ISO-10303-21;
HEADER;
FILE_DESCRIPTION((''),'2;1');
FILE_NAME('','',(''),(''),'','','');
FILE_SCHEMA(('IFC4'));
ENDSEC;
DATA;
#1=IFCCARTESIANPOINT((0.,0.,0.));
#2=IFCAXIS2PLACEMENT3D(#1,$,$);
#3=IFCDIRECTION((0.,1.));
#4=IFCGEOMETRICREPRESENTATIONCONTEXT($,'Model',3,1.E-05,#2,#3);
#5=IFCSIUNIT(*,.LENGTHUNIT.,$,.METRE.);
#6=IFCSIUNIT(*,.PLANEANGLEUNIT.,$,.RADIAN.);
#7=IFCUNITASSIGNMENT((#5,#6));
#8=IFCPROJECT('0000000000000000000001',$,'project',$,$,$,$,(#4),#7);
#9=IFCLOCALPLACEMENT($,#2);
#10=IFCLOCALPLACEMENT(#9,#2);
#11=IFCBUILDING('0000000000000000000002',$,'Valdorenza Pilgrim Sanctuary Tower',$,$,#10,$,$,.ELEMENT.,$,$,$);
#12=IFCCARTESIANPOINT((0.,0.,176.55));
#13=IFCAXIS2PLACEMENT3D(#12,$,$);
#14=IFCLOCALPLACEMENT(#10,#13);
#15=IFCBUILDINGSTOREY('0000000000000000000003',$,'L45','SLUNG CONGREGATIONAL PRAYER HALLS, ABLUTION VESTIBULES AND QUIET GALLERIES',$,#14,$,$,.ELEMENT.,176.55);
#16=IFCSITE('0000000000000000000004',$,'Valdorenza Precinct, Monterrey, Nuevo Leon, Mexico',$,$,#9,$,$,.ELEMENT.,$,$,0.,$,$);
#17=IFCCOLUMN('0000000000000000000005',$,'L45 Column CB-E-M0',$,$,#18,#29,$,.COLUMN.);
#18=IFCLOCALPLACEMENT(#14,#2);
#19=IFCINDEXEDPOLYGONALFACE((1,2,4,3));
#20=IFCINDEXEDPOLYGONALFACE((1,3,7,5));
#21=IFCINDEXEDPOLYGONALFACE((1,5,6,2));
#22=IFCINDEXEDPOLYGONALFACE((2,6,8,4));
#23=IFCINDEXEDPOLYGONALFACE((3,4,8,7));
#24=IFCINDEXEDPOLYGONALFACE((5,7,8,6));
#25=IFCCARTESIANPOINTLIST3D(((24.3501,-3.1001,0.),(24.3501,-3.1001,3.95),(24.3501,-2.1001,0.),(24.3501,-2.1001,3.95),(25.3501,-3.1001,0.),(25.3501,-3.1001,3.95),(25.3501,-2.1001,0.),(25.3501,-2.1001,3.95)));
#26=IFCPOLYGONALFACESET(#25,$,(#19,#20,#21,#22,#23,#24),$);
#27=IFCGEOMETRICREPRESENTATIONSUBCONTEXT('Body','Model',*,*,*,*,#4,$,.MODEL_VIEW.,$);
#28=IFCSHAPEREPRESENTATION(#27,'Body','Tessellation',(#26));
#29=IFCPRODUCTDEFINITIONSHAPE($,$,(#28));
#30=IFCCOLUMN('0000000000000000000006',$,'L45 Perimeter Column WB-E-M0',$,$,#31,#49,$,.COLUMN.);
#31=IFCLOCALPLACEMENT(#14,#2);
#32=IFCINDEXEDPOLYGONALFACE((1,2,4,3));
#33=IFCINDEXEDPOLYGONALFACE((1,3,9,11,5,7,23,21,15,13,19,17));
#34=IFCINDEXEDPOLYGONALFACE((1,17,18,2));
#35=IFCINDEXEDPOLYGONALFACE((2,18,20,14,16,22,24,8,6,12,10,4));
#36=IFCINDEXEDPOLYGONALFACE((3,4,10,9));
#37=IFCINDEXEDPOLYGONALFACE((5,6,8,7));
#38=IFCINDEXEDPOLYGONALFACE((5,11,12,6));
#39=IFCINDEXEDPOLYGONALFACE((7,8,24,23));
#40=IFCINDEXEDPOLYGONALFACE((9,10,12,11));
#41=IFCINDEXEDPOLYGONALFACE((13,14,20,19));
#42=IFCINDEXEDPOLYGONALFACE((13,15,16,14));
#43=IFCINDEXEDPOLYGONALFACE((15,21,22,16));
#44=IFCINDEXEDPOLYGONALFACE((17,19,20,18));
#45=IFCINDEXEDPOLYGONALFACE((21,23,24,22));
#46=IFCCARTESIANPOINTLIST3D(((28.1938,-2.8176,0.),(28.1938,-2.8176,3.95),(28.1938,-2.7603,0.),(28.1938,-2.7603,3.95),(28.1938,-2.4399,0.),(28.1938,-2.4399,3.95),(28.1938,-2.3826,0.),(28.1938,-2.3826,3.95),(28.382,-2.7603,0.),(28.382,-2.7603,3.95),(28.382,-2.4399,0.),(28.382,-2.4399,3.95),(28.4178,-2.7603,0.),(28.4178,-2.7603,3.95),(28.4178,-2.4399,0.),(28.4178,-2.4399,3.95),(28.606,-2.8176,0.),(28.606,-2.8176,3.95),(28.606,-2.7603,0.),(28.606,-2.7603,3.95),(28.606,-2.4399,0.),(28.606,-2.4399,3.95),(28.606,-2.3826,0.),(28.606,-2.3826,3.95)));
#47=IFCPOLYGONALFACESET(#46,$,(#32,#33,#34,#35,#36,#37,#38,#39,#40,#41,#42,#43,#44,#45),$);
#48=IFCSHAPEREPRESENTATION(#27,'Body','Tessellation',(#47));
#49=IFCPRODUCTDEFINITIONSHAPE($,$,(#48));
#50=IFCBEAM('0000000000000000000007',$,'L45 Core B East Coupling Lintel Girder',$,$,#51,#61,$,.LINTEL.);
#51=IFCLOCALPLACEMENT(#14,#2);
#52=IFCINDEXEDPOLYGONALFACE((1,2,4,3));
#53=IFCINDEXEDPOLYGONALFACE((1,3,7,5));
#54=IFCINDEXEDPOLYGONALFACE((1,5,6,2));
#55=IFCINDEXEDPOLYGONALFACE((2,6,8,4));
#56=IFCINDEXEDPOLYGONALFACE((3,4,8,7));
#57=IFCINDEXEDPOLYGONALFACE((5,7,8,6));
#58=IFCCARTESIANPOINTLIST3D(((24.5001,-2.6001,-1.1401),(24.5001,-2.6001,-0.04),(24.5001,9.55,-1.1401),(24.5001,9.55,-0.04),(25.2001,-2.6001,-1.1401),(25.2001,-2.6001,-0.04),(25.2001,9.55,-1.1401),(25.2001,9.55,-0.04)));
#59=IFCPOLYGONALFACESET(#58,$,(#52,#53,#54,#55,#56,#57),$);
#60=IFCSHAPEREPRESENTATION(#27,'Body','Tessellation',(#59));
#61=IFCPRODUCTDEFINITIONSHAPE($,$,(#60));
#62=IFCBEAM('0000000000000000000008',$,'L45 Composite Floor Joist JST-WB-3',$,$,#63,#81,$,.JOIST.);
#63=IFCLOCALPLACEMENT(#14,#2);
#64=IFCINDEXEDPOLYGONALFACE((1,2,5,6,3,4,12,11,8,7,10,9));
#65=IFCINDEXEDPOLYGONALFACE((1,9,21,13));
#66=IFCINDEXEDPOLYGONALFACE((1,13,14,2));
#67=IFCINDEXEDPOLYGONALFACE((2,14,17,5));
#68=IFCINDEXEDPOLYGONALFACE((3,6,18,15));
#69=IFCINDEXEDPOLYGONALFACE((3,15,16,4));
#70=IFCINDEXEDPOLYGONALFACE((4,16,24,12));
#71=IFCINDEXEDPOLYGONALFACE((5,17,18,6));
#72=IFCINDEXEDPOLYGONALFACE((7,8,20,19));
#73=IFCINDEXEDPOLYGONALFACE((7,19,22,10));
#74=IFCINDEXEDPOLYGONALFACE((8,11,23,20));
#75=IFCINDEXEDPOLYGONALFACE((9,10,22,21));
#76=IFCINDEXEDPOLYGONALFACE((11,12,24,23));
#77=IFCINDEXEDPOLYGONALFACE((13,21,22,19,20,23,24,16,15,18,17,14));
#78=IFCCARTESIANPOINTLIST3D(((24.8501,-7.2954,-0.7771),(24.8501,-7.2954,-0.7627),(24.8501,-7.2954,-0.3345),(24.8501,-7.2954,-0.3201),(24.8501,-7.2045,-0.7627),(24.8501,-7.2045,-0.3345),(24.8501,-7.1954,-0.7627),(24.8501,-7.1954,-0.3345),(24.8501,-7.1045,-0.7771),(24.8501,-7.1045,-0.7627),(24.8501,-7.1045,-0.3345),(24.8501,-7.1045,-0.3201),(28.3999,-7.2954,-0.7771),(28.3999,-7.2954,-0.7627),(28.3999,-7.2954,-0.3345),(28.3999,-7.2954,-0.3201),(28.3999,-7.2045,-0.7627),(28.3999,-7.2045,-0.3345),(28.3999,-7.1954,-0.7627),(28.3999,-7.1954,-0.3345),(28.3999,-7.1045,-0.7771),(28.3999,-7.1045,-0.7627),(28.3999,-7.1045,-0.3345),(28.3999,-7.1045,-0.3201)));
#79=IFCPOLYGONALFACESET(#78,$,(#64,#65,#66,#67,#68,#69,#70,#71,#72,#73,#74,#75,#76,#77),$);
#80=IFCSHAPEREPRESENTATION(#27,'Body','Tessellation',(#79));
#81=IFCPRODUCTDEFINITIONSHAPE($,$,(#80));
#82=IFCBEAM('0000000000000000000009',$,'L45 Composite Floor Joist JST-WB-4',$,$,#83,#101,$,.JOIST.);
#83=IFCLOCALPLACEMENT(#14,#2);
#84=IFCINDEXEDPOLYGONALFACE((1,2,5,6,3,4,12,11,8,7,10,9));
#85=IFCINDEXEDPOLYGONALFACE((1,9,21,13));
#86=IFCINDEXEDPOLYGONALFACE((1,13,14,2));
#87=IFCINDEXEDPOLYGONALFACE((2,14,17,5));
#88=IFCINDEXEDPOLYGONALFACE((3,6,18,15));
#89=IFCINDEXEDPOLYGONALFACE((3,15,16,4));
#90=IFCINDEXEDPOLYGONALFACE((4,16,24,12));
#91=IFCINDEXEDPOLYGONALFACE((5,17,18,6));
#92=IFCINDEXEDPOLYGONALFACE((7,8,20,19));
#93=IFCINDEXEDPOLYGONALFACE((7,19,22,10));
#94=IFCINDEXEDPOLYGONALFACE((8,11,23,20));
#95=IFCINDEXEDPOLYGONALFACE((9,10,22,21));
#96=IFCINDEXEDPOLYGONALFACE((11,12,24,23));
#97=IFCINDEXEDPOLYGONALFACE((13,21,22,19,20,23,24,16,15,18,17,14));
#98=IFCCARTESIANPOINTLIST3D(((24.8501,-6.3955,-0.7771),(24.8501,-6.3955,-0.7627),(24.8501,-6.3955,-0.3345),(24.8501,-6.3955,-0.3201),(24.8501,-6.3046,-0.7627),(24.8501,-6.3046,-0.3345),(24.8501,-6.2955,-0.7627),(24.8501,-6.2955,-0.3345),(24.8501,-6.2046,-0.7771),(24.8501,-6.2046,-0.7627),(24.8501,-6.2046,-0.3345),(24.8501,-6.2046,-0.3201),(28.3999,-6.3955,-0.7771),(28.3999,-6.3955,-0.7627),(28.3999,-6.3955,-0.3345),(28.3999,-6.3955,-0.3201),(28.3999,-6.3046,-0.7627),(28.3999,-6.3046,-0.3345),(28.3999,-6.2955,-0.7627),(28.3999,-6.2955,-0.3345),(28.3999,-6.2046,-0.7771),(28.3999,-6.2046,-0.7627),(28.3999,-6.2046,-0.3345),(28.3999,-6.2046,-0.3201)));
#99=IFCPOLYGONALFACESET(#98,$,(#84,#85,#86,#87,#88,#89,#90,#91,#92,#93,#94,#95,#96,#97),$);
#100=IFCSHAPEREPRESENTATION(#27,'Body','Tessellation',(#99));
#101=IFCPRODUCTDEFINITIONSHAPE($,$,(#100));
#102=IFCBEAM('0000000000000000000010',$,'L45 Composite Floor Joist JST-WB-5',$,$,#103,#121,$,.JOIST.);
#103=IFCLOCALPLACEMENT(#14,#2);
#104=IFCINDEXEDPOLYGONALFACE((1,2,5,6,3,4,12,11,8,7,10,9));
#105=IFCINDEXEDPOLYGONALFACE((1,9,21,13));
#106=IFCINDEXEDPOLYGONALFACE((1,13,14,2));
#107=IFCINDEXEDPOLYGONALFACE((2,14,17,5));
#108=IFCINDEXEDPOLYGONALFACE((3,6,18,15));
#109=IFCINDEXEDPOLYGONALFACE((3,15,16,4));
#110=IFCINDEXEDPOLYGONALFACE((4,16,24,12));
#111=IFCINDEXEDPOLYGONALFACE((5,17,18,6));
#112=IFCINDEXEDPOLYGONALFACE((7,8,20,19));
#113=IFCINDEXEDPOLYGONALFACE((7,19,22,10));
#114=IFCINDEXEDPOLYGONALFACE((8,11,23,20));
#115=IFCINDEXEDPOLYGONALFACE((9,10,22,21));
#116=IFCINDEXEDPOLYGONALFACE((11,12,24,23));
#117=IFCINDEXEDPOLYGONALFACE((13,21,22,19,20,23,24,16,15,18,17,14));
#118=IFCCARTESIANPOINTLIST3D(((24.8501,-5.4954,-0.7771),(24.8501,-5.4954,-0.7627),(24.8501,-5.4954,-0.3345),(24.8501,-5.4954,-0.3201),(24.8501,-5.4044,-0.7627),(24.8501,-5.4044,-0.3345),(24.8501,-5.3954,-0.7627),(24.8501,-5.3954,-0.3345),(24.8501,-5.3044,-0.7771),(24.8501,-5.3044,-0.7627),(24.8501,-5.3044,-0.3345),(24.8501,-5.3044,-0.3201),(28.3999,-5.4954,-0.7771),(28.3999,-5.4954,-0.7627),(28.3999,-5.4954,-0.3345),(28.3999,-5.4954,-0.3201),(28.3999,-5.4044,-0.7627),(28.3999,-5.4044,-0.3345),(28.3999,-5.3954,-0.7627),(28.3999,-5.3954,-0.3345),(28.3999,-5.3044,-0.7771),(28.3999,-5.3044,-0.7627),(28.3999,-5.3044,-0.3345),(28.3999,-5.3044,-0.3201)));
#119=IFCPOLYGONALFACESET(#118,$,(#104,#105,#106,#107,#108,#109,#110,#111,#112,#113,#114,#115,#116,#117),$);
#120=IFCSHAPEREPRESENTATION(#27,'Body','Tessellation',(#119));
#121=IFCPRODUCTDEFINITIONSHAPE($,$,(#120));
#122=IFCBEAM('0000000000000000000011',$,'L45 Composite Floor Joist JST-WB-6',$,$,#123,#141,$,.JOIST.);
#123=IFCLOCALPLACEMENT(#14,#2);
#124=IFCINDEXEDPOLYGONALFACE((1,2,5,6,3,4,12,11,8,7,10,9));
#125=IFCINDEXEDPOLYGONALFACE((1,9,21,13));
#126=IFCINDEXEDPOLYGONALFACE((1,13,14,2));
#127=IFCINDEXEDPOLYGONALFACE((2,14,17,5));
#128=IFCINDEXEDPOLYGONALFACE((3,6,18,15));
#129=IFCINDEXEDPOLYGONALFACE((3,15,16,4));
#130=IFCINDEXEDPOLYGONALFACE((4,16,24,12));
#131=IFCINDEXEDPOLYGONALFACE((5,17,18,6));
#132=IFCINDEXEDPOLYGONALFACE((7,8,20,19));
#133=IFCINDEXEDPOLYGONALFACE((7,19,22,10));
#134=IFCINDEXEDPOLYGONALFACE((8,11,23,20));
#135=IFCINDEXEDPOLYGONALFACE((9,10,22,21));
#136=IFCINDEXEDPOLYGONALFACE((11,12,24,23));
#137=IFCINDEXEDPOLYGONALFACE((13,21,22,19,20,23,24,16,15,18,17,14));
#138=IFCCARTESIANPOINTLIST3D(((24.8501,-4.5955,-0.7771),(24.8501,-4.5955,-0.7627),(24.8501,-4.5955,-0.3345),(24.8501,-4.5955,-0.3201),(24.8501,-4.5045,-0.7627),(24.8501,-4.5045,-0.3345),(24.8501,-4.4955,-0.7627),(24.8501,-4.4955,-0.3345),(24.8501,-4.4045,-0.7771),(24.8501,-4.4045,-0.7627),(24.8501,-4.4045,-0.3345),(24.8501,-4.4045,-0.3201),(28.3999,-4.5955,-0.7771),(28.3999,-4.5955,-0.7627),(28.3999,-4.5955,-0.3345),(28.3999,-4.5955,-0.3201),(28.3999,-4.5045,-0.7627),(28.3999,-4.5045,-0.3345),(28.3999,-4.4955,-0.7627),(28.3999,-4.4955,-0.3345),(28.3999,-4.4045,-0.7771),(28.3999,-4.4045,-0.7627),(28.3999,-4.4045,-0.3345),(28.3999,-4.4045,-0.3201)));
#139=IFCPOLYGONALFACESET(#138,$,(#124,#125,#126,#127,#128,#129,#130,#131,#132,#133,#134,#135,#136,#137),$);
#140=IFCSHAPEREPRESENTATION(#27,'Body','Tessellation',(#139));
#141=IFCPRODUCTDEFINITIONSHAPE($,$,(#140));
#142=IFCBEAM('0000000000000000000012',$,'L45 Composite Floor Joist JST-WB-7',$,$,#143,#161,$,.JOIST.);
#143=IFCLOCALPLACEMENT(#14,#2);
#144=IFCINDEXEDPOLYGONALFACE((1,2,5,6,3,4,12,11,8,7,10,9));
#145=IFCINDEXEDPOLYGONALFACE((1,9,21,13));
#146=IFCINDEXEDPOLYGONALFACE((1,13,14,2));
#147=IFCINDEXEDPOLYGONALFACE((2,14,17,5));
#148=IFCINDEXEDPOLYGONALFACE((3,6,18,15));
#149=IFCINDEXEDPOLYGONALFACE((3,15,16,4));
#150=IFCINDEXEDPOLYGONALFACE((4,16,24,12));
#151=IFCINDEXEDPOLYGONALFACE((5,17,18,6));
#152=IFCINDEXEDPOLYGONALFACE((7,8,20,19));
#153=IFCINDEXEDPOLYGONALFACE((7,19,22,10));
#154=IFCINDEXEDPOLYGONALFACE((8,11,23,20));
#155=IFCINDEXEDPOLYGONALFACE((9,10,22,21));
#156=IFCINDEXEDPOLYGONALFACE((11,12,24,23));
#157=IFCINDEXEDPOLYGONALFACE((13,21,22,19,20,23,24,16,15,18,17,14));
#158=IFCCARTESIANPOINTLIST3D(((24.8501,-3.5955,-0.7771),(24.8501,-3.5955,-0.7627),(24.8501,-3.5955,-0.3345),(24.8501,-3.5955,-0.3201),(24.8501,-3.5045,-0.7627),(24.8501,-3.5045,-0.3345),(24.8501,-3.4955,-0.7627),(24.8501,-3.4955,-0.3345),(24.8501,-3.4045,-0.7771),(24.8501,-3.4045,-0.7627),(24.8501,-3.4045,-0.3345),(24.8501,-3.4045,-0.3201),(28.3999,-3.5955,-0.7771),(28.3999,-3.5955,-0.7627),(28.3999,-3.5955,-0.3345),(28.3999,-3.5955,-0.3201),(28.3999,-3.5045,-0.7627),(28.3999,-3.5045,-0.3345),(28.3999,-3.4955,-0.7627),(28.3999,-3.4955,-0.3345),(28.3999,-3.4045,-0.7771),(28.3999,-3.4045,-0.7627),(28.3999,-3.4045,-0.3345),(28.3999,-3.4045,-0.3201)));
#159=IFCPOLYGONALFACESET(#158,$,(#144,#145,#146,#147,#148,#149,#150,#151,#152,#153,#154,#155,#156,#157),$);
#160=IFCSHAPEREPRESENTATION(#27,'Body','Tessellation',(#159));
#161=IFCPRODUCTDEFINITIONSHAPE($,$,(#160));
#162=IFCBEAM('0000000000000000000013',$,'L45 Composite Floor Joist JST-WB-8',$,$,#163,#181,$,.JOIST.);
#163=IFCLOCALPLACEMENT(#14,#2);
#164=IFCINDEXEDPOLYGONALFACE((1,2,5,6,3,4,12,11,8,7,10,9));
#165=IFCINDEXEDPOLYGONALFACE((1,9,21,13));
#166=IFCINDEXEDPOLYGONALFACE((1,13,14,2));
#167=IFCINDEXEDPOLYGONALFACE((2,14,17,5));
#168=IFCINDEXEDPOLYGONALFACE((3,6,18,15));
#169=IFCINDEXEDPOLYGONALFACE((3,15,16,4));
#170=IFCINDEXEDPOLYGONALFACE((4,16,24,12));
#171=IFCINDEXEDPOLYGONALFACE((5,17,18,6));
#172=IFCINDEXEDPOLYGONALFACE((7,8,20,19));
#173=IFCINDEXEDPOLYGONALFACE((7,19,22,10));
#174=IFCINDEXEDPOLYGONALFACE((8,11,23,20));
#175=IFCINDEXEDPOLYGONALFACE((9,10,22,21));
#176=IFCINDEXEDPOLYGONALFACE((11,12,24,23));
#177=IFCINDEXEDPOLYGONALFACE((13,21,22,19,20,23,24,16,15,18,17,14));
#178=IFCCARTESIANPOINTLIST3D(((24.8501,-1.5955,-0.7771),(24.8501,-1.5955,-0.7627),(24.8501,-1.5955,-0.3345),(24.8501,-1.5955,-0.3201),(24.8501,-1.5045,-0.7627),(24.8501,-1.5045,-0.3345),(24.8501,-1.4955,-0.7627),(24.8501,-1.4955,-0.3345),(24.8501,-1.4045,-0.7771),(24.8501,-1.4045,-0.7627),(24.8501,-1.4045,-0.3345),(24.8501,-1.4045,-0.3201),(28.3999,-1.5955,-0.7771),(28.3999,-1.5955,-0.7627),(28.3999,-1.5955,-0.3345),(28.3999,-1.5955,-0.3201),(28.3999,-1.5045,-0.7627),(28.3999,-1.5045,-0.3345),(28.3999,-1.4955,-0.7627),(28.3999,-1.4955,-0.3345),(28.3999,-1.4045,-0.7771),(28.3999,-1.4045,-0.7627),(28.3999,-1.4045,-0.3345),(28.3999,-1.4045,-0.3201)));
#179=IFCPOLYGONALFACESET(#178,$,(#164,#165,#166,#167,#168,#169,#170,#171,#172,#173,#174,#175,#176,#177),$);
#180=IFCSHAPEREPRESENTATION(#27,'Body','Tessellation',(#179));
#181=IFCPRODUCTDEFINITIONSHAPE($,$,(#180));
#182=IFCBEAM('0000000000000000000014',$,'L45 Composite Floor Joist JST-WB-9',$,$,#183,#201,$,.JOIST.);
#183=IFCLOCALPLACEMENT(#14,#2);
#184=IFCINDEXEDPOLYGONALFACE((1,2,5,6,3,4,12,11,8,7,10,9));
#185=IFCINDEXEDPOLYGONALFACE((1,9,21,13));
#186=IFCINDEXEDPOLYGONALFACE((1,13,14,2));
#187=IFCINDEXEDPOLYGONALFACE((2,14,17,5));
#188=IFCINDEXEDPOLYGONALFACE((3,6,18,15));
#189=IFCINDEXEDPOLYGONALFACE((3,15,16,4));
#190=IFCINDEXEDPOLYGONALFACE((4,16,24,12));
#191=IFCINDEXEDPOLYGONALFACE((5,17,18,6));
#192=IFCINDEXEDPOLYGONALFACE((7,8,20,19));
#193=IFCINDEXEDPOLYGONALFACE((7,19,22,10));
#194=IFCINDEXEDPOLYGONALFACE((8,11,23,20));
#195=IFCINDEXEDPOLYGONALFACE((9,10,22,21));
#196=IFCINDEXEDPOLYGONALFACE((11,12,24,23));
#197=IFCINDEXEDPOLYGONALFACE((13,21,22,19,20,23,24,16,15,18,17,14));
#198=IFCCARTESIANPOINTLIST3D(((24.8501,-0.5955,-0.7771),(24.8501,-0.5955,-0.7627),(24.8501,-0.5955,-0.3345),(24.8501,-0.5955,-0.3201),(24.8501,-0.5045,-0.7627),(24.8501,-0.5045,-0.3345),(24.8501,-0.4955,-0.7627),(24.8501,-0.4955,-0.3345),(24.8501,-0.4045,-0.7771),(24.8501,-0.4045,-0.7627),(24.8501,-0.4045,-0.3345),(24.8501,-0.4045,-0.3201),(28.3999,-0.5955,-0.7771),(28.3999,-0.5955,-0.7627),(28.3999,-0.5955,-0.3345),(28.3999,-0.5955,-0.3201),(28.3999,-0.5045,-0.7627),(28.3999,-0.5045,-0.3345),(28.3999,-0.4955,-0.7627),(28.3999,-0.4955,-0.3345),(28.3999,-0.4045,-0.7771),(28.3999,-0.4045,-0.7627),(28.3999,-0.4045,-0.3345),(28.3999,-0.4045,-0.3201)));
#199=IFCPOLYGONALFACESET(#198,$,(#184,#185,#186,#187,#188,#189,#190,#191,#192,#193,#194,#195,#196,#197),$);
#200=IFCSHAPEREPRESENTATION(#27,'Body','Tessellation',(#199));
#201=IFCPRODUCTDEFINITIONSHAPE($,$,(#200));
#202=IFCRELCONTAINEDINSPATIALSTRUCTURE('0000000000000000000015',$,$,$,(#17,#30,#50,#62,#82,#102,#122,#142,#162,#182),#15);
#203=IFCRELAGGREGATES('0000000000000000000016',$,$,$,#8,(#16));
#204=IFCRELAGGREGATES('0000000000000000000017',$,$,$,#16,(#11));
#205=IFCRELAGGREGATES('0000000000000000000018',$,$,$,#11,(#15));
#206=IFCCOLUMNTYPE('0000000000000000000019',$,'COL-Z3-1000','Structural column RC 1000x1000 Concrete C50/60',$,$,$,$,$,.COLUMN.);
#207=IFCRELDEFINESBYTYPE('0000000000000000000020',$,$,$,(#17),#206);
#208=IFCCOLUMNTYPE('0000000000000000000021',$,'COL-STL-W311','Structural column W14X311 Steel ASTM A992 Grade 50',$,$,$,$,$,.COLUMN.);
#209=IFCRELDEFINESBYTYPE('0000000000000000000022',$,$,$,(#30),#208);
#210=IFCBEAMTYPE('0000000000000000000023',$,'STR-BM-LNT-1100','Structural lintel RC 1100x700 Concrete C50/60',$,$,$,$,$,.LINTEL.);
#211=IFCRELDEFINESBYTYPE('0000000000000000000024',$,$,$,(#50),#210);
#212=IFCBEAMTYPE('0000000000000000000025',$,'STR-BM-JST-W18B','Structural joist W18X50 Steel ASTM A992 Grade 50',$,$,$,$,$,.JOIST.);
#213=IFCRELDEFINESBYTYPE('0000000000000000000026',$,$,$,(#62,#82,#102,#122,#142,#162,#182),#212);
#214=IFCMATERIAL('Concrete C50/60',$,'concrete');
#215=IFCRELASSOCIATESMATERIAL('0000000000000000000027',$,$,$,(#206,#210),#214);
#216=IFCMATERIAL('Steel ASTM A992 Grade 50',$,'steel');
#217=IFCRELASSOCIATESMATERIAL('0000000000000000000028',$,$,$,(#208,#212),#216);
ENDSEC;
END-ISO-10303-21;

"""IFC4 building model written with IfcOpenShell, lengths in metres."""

from ifc_helpers import new_model, si_unit, direction, frame, origin, origin_2d, place, context, subcontext, project, spatial, rectangle, i_section, extrude, source, transform, mapped, material, material_profile, profile_set, type_object, element, save


model = new_model("IFC4")

# Units and contexts
model_context = context("Model", 3, precision=1e-05, world=origin(), true_north=direction((0.0, 1.0)))
body_context = subcontext(model_context, "Body", "Model", "MODEL_VIEW")
ifc_project = project(units=[si_unit("LENGTHUNIT", "METRE"), si_unit("PLANEANGLEUNIT", "RADIAN")], contexts=[model_context])

# Site, building, storey
site_placement = place(None, origin())
site = spatial("IfcSite", under=ifc_project, at=site_placement, Name="Valdorenza Precinct, Monterrey, Nuevo Leon, Mexico", CompositionType="ELEMENT", RefElevation=0.0)
building_placement = place(site_placement, origin())
building = spatial("IfcBuilding", under=site, at=building_placement, Name="Valdorenza Pilgrim Sanctuary Tower", CompositionType="ELEMENT")
storey_placement = place(building_placement, frame((0.0, 0.0, 176.55)))
storey = spatial("IfcBuildingStorey", under=building, at=storey_placement, Name="L45", Description="SLUNG CONGREGATIONAL PRAYER HALLS, ABLUTION VESTIBULES AND QUIET GALLERIES", CompositionType="ELEMENT", Elevation=176.55)

# Columns
ifc_material_1 = material(Name="Concrete C50/60", Category="concrete")
ifc_material_profile_1 = material_profile(ifc_material_1, rectangle(XDim=1.0, YDim=1.0, at=origin_2d()), Name="RC 1000x1000")
ifc_profile_set_1 = profile_set([ifc_material_profile_1], Name="Concrete C50/60")
column_type_1 = type_object("IfcColumnType", Name="COL-Z3-1000", Description="Structural column RC 1000x1000 Concrete C50/60", PredefinedType="COLUMN", material=ifc_profile_set_1)
shared_shape_1 = source(origin(), body_context, "Body", "SweptSolid", [
    extrude(rectangle(XDim=1.0, YDim=1.0, at=origin_2d()), origin(), (0.0, 0.0, 1.0), 3.95),
])
column_1_placement = place(storey_placement, frame((24.8501, -2.6001, 0.0), z_axis=(0.0, 0.0, 1.0), x_axis=(1.0, 0.0, 0.0)))
element("IfcColumn", 1, at=column_1_placement, inside=storey, type_object=column_type_1, Name="L45 Column CB-E-M0", PredefinedType="COLUMN", context=body_context, shape_type="MappedRepresentation", body=[
    mapped(shared_shape_1, transform((0.0, 0.0, 0.0), x_axis=(1.0, 0.0, 0.0), y_axis=(0.0, 1.0, 0.0), z_axis=(0.0, 0.0, 1.0), scale=1.0)),
])
ifc_material_2 = material(Name="Steel ASTM A992 Grade 50", Category="steel")
ifc_material_profile_2 = material_profile(ifc_material_2, i_section(OverallWidth=0.4121, OverallDepth=0.4351, WebThickness=0.0359, FlangeThickness=0.0574, at=origin_2d()), Name="W14X311")
ifc_profile_set_2 = profile_set([ifc_material_profile_2], Name="Steel ASTM A992 Grade 50")
column_type_2 = type_object("IfcColumnType", Name="COL-STL-W311", Description="Structural column W14X311 Steel ASTM A992 Grade 50", PredefinedType="COLUMN", material=ifc_profile_set_2)
shared_shape_2 = source(origin(), body_context, "Body", "SweptSolid", [
    extrude(i_section(OverallWidth=0.4121, OverallDepth=0.4351, WebThickness=0.0359, FlangeThickness=0.0574, at=origin_2d()), origin(), (0.0, 0.0, 1.0), 3.95),
])
column_2_placement = place(storey_placement, frame((28.3999, -2.6001, 0.0), z_axis=(0.0, 0.0, 1.0), x_axis=(1.0, 0.0, 0.0)))
element("IfcColumn", 2, at=column_2_placement, inside=storey, type_object=column_type_2, Name="L45 Perimeter Column WB-E-M0", PredefinedType="COLUMN", context=body_context, shape_type="MappedRepresentation", body=[
    mapped(shared_shape_2, transform((0.0, 0.0, 0.0), x_axis=(1.0, 0.0, 0.0), y_axis=(0.0, 1.0, 0.0), z_axis=(0.0, 0.0, 1.0), scale=1.0)),
])

# Beams
ifc_material_profile_3 = material_profile(ifc_material_1, rectangle(XDim=0.7, YDim=1.1001, at=origin_2d()), Name="RC 1100x700")
ifc_profile_set_3 = profile_set([ifc_material_profile_3], Name="Concrete C50/60")
beam_type_1 = type_object("IfcBeamType", Name="STR-BM-LNT-1100", Description="Structural lintel RC 1100x700 Concrete C50/60", PredefinedType="LINTEL", material=ifc_profile_set_3)
shared_shape_3 = source(origin(), body_context, "Body", "SweptSolid", [
    extrude(rectangle(XDim=0.7, YDim=1.1001, at=origin_2d()), origin(), (0.0, 0.0, 1.0), 12.1501),
])
beam_1_placement = place(storey_placement, frame((24.8501, -2.6001, -0.5901), z_axis=(0.0, 1.0, 0.0), x_axis=(-1.0, 0.0, 0.0)))
element("IfcBeam", 3, at=beam_1_placement, inside=storey, type_object=beam_type_1, Name="L45 Core B East Coupling Lintel Girder", PredefinedType="LINTEL", context=body_context, shape_type="MappedRepresentation", body=[
    mapped(shared_shape_3, transform((0.0, 0.0, 0.0), x_axis=(1.0, 0.0, 0.0), y_axis=(0.0, 1.0, 0.0), z_axis=(0.0, 0.0, 1.0), scale=1.0)),
])
ifc_material_profile_4 = material_profile(ifc_material_2, i_section(OverallWidth=0.1909, OverallDepth=0.457, WebThickness=0.009, FlangeThickness=0.0144, at=origin_2d()), Name="W18X50")
ifc_profile_set_4 = profile_set([ifc_material_profile_4], Name="Steel ASTM A992 Grade 50")
beam_type_2 = type_object("IfcBeamType", Name="STR-BM-JST-W18B", Description="Structural joist W18X50 Steel ASTM A992 Grade 50", PredefinedType="JOIST", material=ifc_profile_set_4)
shared_shape_4 = source(origin(), body_context, "Body", "SweptSolid", [
    extrude(i_section(OverallWidth=0.1909, OverallDepth=0.457, WebThickness=0.009, FlangeThickness=0.0144, at=origin_2d()), origin(), (0.0, 0.0, 1.0), 3.5498),
])
for number, where, z_axis, x_axis, name in (
    (4, (24.8501, -7.2, -0.5486), (1.0, 0.0, 0.0), (0.0, 1.0, 0.0), "L45 Composite Floor Joist JST-WB-3"),
    (5, (24.8501, -6.3, -0.5486), (1.0, 0.0, 0.0), (0.0, 1.0, 0.0), "L45 Composite Floor Joist JST-WB-4"),
    (6, (24.8501, -5.3999, -0.5486), (1.0, 0.0, 0.0), (0.0, 1.0, 0.0), "L45 Composite Floor Joist JST-WB-5"),
    (7, (24.8501, -4.5, -0.5486), (1.0, 0.0, 0.0), (0.0, 1.0, 0.0), "L45 Composite Floor Joist JST-WB-6"),
    (8, (24.8501, -3.5, -0.5486), (1.0, 0.0, 0.0), (0.0, 1.0, 0.0), "L45 Composite Floor Joist JST-WB-7"),
    (9, (24.8501, -1.5, -0.5486), (1.0, 0.0, 0.0), (0.0, 1.0, 0.0), "L45 Composite Floor Joist JST-WB-8"),
    (10, (24.8501, -0.5, -0.5486), (1.0, 0.0, 0.0), (0.0, 1.0, 0.0), "L45 Composite Floor Joist JST-WB-9"),
):
    element("IfcBeam", number, at=place(storey_placement, frame(where, z_axis=z_axis, x_axis=x_axis)), inside=storey, type_object=beam_type_2, Name=name, PredefinedType="JOIST", context=body_context, shape_type="MappedRepresentation", body=[
        mapped(shared_shape_4, transform((0.0, 0.0, 0.0), x_axis=(1.0, 0.0, 0.0), y_axis=(0.0, 1.0, 0.0), z_axis=(0.0, 0.0, 1.0), scale=1.0)),
    ])

save(model, "model.ifc")
